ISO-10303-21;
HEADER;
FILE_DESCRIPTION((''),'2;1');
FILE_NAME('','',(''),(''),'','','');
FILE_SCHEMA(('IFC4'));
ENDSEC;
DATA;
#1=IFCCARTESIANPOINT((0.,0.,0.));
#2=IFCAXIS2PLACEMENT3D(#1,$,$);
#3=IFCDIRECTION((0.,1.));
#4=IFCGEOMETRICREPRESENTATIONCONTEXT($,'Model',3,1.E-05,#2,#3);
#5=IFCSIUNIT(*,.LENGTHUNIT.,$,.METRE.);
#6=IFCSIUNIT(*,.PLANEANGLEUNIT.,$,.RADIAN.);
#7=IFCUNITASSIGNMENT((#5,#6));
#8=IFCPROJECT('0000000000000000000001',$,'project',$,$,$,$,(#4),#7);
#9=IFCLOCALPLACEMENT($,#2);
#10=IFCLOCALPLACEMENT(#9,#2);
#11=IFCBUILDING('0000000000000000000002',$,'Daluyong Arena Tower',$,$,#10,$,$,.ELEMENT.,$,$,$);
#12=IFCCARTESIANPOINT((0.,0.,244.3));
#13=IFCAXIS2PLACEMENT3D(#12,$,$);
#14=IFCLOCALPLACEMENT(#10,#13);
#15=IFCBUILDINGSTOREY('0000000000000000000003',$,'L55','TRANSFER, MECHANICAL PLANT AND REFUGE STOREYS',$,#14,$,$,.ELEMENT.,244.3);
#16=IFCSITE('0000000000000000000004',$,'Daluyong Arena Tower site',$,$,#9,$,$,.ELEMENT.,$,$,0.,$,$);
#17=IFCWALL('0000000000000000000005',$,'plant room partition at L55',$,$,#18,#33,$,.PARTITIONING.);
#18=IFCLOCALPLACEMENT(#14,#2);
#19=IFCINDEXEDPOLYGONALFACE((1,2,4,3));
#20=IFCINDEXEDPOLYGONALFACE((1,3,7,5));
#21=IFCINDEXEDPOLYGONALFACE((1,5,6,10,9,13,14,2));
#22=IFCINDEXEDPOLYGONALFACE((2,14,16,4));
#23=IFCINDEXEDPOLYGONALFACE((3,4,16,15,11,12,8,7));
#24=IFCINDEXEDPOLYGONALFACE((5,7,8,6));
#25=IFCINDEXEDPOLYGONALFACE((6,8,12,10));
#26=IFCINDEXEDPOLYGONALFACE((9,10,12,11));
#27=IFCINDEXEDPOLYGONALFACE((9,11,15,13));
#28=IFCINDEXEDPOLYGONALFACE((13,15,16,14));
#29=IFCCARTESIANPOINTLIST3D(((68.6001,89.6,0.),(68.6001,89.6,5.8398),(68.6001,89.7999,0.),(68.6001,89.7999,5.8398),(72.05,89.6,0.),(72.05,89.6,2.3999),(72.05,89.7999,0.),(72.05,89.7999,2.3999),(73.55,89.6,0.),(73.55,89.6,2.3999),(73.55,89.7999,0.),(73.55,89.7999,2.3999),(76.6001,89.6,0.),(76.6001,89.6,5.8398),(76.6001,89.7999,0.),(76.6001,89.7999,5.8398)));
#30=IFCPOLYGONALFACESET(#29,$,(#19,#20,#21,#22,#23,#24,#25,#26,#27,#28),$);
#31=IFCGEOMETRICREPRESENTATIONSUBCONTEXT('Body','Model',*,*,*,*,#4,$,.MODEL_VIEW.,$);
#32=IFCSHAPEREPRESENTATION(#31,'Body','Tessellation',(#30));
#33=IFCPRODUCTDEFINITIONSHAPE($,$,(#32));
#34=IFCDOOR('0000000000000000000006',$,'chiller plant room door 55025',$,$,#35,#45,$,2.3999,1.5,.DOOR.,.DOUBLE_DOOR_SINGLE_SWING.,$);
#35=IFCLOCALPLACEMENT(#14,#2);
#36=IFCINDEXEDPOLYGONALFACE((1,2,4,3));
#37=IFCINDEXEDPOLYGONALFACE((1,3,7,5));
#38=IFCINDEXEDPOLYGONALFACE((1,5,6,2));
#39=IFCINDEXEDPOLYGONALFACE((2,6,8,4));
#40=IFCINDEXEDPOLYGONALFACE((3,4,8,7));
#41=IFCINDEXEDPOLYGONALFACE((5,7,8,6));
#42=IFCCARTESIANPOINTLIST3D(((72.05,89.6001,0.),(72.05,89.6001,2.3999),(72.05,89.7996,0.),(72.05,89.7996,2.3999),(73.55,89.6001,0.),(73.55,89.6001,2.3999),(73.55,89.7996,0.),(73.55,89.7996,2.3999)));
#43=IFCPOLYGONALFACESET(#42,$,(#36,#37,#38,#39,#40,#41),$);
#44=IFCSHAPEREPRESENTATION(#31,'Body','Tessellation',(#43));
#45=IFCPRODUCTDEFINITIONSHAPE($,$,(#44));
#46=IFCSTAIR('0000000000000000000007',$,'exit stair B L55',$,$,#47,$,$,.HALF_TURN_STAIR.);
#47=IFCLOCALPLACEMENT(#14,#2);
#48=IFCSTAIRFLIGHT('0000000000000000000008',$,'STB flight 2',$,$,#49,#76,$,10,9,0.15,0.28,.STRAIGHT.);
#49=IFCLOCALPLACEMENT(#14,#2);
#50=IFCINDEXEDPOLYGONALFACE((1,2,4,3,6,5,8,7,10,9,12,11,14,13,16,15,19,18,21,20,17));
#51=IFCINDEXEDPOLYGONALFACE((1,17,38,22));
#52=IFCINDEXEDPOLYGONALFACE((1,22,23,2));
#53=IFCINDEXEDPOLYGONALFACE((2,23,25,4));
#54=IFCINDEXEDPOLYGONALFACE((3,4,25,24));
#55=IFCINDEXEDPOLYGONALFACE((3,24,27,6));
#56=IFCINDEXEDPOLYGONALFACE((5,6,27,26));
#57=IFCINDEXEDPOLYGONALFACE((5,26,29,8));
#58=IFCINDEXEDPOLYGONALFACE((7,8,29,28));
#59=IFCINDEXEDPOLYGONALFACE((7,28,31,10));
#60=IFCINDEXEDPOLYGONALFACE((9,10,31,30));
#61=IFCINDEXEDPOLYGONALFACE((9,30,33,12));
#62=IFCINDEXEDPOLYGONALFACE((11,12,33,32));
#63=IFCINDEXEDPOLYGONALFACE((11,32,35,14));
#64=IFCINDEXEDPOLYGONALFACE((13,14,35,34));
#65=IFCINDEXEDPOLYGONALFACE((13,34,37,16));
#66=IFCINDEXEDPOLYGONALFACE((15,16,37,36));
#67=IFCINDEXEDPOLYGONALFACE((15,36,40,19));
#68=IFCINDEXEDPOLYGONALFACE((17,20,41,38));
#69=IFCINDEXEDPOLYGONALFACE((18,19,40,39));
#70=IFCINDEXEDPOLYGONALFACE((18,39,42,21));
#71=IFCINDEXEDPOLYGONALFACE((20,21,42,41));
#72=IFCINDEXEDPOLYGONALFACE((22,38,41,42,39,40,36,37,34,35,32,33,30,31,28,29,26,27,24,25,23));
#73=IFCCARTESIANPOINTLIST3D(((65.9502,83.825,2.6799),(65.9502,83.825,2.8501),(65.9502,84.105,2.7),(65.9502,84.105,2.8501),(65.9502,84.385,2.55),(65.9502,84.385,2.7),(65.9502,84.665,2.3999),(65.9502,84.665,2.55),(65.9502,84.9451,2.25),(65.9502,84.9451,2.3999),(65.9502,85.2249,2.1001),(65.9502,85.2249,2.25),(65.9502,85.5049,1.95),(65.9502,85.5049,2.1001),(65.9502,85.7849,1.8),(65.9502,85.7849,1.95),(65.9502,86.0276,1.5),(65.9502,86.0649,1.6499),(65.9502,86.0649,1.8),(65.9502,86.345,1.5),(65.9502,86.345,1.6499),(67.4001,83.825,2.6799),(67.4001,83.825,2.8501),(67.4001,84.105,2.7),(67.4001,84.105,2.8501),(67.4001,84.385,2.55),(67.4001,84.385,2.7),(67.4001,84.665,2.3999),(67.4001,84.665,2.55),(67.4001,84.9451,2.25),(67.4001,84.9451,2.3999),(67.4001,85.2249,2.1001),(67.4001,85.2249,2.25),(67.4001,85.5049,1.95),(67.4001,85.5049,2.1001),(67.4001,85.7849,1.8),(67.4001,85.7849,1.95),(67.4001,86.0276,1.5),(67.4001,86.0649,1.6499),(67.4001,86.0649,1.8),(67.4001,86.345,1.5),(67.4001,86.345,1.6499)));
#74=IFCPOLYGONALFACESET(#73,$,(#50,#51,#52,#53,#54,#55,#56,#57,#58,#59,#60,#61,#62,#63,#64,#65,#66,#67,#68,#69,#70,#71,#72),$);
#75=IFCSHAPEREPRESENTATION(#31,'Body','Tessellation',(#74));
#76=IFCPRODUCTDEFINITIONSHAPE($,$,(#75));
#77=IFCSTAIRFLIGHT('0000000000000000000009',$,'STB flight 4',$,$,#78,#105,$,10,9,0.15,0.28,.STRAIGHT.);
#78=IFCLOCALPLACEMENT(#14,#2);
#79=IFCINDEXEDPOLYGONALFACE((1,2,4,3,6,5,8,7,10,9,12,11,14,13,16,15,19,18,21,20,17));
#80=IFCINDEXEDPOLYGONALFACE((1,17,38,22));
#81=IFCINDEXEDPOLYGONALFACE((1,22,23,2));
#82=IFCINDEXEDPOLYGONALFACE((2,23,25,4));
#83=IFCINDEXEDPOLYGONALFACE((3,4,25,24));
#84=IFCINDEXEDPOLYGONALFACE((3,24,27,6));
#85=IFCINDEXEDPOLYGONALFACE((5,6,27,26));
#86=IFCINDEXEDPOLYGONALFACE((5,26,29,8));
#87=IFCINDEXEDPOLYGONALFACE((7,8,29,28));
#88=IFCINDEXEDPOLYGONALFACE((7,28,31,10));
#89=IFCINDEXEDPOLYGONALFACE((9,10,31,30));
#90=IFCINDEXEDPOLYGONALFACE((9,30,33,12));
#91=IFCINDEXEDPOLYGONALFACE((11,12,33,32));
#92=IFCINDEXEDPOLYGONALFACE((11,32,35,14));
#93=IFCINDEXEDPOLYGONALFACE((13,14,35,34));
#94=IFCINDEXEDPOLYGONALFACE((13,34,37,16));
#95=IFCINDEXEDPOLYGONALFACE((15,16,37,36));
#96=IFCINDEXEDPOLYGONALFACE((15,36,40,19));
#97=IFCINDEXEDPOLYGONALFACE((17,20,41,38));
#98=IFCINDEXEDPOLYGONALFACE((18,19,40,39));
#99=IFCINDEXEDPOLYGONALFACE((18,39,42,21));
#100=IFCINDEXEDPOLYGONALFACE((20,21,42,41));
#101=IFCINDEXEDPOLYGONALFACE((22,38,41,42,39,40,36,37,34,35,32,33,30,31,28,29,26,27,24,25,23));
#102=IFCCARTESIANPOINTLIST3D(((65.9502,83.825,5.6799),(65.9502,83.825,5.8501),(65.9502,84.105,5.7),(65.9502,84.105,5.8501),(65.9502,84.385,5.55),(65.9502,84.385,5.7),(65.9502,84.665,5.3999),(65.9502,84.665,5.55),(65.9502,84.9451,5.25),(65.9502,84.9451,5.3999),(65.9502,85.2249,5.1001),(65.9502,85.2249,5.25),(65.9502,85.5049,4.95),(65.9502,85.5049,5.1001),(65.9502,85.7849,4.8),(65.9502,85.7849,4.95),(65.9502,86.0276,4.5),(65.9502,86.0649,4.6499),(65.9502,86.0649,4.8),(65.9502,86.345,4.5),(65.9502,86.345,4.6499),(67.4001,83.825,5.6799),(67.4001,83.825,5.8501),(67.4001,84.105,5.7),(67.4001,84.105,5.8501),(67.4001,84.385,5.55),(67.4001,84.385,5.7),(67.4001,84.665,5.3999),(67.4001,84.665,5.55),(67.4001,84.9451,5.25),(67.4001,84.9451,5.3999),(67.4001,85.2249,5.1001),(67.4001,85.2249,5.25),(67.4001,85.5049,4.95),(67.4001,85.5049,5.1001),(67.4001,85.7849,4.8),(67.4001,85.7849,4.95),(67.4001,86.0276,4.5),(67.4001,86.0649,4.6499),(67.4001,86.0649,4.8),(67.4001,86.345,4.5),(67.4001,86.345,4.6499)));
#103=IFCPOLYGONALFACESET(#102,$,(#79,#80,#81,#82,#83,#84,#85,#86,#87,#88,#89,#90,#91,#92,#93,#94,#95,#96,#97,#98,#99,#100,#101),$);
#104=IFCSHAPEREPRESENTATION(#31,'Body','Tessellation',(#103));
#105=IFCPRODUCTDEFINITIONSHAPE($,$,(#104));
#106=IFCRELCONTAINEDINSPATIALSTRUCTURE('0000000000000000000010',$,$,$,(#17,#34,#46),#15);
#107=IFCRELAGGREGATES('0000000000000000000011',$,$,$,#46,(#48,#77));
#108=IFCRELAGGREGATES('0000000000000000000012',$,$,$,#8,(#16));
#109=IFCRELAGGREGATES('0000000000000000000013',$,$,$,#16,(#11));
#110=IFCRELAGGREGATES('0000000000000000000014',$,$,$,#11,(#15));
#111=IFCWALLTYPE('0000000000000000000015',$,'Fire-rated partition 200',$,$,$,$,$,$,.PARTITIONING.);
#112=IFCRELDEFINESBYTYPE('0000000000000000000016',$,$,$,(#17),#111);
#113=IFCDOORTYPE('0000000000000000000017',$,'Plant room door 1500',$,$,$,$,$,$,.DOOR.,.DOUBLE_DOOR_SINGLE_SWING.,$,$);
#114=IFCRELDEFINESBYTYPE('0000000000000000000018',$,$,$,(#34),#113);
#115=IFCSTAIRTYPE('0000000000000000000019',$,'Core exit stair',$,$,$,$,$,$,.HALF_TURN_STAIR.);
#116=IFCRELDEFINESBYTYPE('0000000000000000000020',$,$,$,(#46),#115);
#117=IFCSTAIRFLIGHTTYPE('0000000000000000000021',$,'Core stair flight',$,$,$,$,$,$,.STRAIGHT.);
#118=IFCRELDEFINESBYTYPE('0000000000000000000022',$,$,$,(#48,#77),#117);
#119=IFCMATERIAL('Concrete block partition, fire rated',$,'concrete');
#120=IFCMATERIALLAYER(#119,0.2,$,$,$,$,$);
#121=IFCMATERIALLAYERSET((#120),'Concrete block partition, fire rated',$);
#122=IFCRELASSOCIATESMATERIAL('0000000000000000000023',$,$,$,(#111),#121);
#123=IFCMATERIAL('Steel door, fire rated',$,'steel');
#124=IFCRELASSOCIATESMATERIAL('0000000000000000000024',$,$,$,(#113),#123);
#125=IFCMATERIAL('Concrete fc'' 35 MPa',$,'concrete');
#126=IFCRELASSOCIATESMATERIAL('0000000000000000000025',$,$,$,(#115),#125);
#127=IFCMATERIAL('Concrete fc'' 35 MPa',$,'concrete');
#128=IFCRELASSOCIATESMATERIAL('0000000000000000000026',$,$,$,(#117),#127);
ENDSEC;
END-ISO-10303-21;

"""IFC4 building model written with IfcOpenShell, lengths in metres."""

from ifc_helpers import new_model, si_unit, direction, frame, frame_2d, origin, place, context, subcontext, project, spatial, polyline, rectangle, outline, extrude, material, layer, layer_set, type_object, element, fill, aggregate, save


model = new_model("IFC4")

# Units and contexts
model_context = context("Model", 3, precision=1e-05, world=origin(), true_north=direction((0.0, 1.0)))
body_context = subcontext(model_context, "Body", "Model", "MODEL_VIEW")
ifc_project = project(units=[si_unit("LENGTHUNIT", "METRE"), si_unit("PLANEANGLEUNIT", "RADIAN")], contexts=[model_context])

# Site, building, storey
site_placement = place(None, origin())
site = spatial("IfcSite", under=ifc_project, at=site_placement, Name="Daluyong Arena Tower site", CompositionType="ELEMENT", RefElevation=0.0)
building_placement = place(site_placement, origin())
building = spatial("IfcBuilding", under=site, at=building_placement, Name="Daluyong Arena Tower", CompositionType="ELEMENT")
storey_placement = place(building_placement, frame((0.0, 0.0, 244.3)))
storey = spatial("IfcBuildingStorey", under=building, at=storey_placement, Name="L55", Description="TRANSFER, MECHANICAL PLANT AND REFUGE STOREYS", CompositionType="ELEMENT", Elevation=244.3)

# Wall, opening, door
ifc_material_1 = material(Name="Concrete block partition, fire rated", Category="concrete")
ifc_layer = layer(ifc_material_1, 0.2)
ifc_layer_set = layer_set([ifc_layer], Name="Concrete block partition, fire rated")
wall_type = type_object("IfcWallType", Name="Fire-rated partition 200", PredefinedType="PARTITIONING", material=ifc_layer_set)
wall_placement = place(storey_placement, frame((68.6001, 89.7, 0.0), z_axis=(0.0, 0.0, 1.0), x_axis=(1.0, 0.0, 0.0)))
wall = element("IfcWall", 1, at=wall_placement, inside=storey, type_object=wall_type, Name="plant room partition at L55", PredefinedType="PARTITIONING", context=body_context, shape_type="SweptSolid", body=[
    extrude(rectangle(XDim=8.0, YDim=0.2, at=frame_2d((4.0, 0.0))), origin(), (0.0, 0.0, 1.0), 5.8398),
])
opening_placement = place(wall_placement, frame((3.45, 0.0, 0.0)))
opening = element("IfcOpeningElement", 2, at=opening_placement, cuts=wall, PredefinedType="OPENING", context=body_context, shape_type="SweptSolid", body=[
    extrude(rectangle(XDim=1.5, YDim=2.3999, at=frame_2d((0.75, 1.2))), frame((0.0, 0.1099, 0.0), z_axis=(0.0, -1.0, 0.0), x_axis=(1.0, 0.0, 0.0)), (0.0, 0.0, 1.0), 0.22),
])
ifc_material_2 = material(Name="Steel door, fire rated", Category="steel")
door_type = type_object("IfcDoorType", Name="Plant room door 1500", OperationType="DOUBLE_DOOR_SINGLE_SWING", PredefinedType="DOOR", material=ifc_material_2)
door_placement = place(opening_placement, origin())
door = element("IfcDoor", 3, at=door_placement, inside=storey, type_object=door_type, Name="chiller plant room door 55025", OperationType="DOUBLE_DOOR_SINGLE_SWING", OverallHeight=2.3999, OverallWidth=1.5, PredefinedType="DOOR", context=body_context, shape_type="SweptSolid", body=[
    extrude(rectangle(XDim=1.5, YDim=2.3999, at=frame_2d((0.75, 1.2))), frame((0.0, 0.0996, 0.0), z_axis=(0.0, -1.0, 0.0), x_axis=(1.0, 0.0, 0.0)), (0.0, 0.0, 1.0), 0.1995),
])
fill(opening, door)

# Stair, stair flights
ifc_material_3 = material(Name="Concrete fc' 35 MPa", Category="concrete")
stair_type = type_object("IfcStairType", Name="Core exit stair", PredefinedType="HALF_TURN_STAIR", material=ifc_material_3)
stair_placement = place(storey_placement, origin())
stair = element("IfcStair", 4, at=stair_placement, inside=storey, type_object=stair_type, Name="exit stair B L55", PredefinedType="HALF_TURN_STAIR")
ifc_material_4 = material(Name="Concrete fc' 35 MPa", Category="concrete")
stair_flight_type = type_object("IfcStairFlightType", Name="Core stair flight", PredefinedType="STRAIGHT", material=ifc_material_4)
stair_flight_1_placement = place(storey_placement, frame((66.675, 86.345, 1.5), z_axis=(0.0, 0.0, 1.0), x_axis=(0.0, -1.0, 0.0)))
stair_flight_1 = element("IfcStairFlight", 5, at=stair_flight_1_placement, type_object=stair_flight_type, Name="STB flight 2", NumberOfRisers=10, NumberOfTreads=9, PredefinedType="STRAIGHT", RiserHeight=0.15, TreadLength=0.28, context=body_context, shape_type="SweptSolid", body=[
    extrude(outline(polyline([(0.0, 0.0), (0.0, 0.1499), (0.28, 0.1499), (0.28, 0.3), (0.5601, 0.3), (0.5601, 0.45), (0.8401, 0.45), (0.8401, 0.6001), (1.1201, 0.6001), (1.1201, 0.75), (1.3999, 0.75), (1.3999, 0.8999), (1.6799, 0.8999), (1.6799, 1.05), (1.96, 1.05), (1.96, 1.2), (2.24, 1.2), (2.24, 1.3501), (2.52, 1.3501), (2.52, 1.5), (2.52, 1.1799), (0.3174, 0.0), (0.0, 0.0)])), frame((0.0, 0.7251, 0.0), z_axis=(0.0, -1.0, 0.0), x_axis=(1.0, 0.0, 0.0)), (0.0, 0.0, 1.0), 1.45),
])
stair_flight_2_placement = place(storey_placement, frame((66.675, 86.345, 4.5), z_axis=(0.0, 0.0, 1.0), x_axis=(0.0, -1.0, 0.0)))
stair_flight_2 = element("IfcStairFlight", 6, at=stair_flight_2_placement, type_object=stair_flight_type, Name="STB flight 4", NumberOfRisers=10, NumberOfTreads=9, PredefinedType="STRAIGHT", RiserHeight=0.15, TreadLength=0.28, context=body_context, shape_type="SweptSolid", body=[
    extrude(outline(polyline([(0.0, 0.0), (0.0, 0.1499), (0.28, 0.1499), (0.28, 0.3), (0.5601, 0.3), (0.5601, 0.45), (0.8401, 0.45), (0.8401, 0.6001), (1.1201, 0.6001), (1.1201, 0.75), (1.3999, 0.75), (1.3999, 0.8999), (1.6799, 0.8999), (1.6799, 1.05), (1.96, 1.05), (1.96, 1.2), (2.24, 1.2), (2.24, 1.3501), (2.52, 1.3501), (2.52, 1.5), (2.52, 1.1799), (0.3174, 0.0), (0.0, 0.0)])), frame((0.0, 0.7251, 0.0), z_axis=(0.0, -1.0, 0.0), x_axis=(1.0, 0.0, 0.0)), (0.0, 0.0, 1.0), 1.45),
])
aggregate(stair, [stair_flight_1, stair_flight_2])

save(model, "model.ifc")
